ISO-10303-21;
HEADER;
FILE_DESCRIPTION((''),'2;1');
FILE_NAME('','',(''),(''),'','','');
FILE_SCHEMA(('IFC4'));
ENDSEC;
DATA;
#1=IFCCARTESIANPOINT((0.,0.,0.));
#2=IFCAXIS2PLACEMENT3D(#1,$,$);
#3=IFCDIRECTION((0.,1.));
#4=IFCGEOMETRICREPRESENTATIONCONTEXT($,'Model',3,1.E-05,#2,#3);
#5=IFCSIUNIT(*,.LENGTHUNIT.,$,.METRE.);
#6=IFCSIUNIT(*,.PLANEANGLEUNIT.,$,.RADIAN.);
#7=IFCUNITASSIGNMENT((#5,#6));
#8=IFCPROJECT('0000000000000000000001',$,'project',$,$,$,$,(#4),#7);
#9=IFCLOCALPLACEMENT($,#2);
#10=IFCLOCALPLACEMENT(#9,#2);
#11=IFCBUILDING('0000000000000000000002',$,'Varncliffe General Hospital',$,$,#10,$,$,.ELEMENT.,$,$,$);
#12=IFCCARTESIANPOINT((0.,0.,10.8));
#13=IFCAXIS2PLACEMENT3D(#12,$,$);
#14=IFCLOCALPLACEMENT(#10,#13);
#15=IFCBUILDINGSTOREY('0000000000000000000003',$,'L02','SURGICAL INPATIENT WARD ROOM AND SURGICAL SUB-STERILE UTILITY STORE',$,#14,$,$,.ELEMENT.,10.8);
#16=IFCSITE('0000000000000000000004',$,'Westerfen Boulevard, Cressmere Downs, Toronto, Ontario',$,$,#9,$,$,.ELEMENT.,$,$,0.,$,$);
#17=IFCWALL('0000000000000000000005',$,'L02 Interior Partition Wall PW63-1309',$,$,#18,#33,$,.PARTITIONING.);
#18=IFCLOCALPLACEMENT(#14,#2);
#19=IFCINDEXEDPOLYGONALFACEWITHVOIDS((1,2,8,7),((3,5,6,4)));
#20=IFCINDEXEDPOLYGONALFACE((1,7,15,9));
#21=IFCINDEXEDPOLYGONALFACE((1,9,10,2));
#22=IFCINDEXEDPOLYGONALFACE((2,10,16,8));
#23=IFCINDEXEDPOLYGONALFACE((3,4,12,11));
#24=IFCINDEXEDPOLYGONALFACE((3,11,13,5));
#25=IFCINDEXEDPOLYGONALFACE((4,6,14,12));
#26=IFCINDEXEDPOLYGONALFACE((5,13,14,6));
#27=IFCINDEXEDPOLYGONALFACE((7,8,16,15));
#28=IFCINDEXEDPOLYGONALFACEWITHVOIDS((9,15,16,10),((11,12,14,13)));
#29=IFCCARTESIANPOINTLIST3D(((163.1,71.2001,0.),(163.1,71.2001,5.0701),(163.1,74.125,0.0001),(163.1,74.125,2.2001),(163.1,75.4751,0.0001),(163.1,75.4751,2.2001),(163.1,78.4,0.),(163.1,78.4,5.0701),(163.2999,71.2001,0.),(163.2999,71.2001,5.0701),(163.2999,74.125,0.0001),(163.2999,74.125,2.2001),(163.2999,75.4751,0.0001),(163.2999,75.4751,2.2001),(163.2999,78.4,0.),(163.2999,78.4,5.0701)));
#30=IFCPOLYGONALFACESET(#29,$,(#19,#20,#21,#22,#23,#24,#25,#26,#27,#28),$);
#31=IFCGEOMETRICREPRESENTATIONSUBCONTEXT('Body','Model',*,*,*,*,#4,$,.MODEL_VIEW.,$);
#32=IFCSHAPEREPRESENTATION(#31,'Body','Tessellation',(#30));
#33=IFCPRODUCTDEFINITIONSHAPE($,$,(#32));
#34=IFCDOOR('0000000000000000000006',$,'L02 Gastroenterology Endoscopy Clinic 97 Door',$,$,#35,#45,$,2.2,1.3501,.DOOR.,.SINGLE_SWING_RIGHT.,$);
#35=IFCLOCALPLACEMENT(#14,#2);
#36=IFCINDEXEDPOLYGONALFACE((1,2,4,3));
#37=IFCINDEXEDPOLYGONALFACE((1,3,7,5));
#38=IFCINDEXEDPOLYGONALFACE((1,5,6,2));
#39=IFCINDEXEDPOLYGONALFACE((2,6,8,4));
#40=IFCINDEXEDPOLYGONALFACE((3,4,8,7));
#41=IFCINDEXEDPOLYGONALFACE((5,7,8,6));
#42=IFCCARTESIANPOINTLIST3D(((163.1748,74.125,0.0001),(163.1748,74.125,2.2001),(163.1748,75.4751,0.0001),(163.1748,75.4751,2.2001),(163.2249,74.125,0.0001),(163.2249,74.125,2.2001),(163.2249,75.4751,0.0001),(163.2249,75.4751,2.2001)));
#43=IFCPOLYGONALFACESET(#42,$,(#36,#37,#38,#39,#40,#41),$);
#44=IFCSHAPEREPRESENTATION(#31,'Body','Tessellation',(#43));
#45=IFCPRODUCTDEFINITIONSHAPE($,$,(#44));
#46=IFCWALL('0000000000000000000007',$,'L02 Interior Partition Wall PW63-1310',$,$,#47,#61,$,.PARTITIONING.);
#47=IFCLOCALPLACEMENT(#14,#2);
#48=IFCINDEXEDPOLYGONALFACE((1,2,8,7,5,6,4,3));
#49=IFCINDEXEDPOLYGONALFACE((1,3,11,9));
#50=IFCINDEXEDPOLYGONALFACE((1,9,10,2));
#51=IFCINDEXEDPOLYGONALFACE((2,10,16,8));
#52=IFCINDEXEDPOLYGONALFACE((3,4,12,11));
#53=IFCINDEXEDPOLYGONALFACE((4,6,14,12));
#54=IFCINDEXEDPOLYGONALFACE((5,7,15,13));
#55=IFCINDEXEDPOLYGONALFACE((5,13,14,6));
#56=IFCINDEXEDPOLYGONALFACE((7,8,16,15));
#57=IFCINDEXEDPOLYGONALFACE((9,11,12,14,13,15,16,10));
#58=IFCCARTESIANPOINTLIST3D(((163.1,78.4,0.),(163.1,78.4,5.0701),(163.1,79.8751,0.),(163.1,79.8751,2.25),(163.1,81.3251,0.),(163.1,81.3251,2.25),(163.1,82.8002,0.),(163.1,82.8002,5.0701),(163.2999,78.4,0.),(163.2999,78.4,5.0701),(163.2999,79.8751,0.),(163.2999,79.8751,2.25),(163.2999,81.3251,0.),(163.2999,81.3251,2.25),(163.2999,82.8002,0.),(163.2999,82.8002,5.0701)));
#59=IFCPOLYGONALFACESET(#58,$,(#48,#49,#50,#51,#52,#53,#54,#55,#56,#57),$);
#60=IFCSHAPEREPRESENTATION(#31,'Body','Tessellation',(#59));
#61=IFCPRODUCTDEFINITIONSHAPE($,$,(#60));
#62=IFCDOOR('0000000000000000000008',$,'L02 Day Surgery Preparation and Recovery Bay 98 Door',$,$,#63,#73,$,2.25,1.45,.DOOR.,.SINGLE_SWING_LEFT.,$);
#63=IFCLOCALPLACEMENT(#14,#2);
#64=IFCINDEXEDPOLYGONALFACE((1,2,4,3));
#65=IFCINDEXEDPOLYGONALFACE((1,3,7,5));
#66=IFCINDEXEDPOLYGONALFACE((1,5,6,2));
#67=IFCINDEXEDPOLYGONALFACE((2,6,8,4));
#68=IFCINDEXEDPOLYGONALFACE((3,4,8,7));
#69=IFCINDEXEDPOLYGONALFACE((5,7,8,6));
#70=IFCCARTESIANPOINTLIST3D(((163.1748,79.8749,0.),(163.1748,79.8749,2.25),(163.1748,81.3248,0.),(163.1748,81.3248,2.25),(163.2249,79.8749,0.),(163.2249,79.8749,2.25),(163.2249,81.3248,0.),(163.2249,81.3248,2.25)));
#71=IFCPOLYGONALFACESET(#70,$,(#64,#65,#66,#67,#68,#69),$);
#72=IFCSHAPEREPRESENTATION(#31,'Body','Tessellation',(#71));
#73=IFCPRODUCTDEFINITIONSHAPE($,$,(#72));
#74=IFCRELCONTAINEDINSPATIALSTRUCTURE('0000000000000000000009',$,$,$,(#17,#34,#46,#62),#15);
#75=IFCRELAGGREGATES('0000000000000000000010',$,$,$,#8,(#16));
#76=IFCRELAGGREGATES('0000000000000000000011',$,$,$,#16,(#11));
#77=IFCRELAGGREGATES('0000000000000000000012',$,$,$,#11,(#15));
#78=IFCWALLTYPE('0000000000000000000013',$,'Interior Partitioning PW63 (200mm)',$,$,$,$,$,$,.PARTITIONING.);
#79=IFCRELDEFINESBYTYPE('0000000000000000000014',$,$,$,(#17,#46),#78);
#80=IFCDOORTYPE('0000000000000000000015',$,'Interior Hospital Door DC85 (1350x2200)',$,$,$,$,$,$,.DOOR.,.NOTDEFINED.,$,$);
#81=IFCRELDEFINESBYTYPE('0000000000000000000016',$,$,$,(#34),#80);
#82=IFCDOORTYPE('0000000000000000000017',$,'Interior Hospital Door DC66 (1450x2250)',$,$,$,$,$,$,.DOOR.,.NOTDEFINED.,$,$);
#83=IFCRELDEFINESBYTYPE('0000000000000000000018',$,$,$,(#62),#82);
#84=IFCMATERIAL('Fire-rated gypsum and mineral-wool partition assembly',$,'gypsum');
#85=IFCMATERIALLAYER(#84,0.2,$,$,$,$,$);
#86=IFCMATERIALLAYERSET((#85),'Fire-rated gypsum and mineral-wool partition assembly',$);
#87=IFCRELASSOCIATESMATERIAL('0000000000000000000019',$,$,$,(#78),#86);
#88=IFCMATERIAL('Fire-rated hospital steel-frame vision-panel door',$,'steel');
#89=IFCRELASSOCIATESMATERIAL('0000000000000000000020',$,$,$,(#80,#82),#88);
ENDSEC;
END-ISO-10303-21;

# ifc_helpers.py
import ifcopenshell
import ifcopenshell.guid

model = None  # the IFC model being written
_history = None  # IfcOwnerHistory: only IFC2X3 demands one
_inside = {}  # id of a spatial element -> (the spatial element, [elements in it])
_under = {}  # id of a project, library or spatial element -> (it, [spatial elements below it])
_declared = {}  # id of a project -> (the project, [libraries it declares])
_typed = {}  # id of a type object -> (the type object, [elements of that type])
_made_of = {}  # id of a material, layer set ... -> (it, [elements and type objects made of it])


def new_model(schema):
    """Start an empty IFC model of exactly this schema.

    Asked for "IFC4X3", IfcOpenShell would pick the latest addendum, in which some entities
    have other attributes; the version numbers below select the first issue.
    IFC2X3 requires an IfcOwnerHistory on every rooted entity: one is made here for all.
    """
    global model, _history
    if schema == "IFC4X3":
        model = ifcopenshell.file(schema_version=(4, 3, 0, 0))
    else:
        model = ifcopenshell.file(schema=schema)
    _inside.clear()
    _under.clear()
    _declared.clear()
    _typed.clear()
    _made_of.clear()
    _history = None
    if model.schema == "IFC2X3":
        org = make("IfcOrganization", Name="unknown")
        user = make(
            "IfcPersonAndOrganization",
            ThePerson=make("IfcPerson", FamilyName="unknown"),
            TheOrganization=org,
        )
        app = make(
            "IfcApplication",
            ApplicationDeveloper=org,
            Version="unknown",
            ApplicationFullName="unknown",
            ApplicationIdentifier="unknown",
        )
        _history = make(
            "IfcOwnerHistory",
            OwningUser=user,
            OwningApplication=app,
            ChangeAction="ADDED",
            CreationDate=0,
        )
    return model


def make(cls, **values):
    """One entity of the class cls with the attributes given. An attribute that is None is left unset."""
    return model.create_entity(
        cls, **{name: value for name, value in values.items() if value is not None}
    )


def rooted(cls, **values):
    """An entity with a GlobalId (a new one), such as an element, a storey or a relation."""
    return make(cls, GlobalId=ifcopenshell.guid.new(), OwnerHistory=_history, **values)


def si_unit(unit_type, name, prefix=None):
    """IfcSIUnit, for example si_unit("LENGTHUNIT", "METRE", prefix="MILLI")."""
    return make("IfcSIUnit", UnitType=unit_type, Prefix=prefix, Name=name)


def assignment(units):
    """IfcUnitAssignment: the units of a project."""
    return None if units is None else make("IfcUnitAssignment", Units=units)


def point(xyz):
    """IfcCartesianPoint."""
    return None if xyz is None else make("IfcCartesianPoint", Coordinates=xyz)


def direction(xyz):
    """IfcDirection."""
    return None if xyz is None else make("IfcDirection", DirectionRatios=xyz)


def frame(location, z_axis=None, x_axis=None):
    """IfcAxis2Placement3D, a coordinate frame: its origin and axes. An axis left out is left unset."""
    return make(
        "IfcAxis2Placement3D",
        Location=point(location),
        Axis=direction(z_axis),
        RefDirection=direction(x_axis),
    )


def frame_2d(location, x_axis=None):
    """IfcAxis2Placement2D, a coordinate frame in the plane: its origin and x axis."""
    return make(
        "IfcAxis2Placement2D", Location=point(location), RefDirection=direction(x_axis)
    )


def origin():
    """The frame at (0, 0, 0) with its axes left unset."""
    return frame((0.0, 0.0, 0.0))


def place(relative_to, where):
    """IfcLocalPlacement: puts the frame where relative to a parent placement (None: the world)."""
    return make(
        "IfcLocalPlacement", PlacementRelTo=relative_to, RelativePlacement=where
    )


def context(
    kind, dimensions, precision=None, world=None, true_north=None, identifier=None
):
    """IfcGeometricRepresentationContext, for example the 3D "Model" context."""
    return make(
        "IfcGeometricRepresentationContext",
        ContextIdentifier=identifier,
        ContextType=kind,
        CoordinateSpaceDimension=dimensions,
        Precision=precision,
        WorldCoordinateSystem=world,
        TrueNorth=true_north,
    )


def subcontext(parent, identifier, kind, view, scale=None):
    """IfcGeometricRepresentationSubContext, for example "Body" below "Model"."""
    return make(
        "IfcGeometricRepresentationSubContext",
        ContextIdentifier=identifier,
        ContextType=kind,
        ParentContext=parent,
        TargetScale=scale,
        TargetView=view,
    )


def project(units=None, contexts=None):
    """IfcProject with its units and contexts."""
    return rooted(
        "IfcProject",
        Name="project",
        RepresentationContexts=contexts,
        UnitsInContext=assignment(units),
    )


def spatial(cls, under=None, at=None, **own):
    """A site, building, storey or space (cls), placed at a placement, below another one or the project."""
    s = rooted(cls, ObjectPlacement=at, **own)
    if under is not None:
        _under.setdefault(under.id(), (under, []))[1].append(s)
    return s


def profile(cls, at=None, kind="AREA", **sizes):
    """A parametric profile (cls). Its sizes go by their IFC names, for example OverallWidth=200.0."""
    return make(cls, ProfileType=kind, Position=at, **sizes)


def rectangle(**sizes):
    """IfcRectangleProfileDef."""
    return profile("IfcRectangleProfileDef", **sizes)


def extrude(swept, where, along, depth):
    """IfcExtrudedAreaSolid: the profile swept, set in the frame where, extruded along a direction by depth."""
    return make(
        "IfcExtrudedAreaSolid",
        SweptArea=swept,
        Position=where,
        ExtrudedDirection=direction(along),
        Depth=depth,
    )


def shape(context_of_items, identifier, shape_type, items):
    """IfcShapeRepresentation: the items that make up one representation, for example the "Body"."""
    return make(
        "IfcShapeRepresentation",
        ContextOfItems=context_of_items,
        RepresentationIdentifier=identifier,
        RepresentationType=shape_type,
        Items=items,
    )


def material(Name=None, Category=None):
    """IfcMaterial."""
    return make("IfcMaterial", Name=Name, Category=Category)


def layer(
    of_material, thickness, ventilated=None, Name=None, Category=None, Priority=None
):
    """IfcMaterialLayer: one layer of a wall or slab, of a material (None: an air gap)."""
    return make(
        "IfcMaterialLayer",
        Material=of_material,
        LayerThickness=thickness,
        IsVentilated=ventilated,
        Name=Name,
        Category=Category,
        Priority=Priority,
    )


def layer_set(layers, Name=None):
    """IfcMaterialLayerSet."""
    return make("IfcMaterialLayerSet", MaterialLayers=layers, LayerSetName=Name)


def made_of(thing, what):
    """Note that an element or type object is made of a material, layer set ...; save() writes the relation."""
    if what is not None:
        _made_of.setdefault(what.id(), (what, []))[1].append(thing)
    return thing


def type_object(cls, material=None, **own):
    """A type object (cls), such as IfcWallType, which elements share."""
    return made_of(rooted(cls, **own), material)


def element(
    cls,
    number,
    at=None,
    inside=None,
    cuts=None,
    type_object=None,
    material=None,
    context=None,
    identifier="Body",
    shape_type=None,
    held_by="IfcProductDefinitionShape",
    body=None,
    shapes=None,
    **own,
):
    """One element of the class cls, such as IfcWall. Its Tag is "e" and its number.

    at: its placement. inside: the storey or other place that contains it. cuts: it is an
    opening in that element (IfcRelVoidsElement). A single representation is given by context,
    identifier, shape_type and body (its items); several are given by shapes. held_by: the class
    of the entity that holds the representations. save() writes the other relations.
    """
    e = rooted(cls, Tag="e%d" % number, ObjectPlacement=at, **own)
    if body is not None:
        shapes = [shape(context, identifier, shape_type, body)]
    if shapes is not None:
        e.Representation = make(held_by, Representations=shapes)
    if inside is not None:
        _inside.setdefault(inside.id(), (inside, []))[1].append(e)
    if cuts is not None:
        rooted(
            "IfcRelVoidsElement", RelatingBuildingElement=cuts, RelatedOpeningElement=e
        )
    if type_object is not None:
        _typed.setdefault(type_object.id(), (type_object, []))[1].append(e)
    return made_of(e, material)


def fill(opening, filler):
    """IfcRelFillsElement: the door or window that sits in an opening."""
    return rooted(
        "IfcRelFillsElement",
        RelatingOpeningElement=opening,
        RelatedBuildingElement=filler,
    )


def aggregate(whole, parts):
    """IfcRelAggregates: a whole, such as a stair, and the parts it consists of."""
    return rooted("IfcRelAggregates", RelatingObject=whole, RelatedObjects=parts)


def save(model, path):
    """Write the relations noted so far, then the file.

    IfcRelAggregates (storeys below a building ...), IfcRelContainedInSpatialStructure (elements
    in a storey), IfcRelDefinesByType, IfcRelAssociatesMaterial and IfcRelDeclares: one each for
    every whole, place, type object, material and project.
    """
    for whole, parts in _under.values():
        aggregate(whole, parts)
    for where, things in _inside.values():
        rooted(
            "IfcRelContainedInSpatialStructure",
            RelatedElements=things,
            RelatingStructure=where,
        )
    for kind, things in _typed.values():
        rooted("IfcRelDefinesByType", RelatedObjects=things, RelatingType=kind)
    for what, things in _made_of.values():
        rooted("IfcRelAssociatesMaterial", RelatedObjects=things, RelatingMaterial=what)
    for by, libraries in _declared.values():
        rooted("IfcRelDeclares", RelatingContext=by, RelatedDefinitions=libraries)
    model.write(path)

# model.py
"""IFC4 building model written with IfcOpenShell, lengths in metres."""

from ifc_helpers import new_model, si_unit, direction, frame, frame_2d, origin, place, context, subcontext, project, spatial, rectangle, extrude, material, layer, layer_set, type_object, element, fill, save


model = new_model("IFC4")

# Units and contexts
model_context = context("Model", 3, precision=1e-05, world=origin(), true_north=direction((0.0, 1.0)))
body_context = subcontext(model_context, "Body", "Model", "MODEL_VIEW")
ifc_project = project(units=[si_unit("LENGTHUNIT", "METRE"), si_unit("PLANEANGLEUNIT", "RADIAN")], contexts=[model_context])

# Site, building, storey
site_placement = place(None, origin())
site = spatial("IfcSite", under=ifc_project, at=site_placement, Name="Westerfen Boulevard, Cressmere Downs, Toronto, Ontario", CompositionType="ELEMENT", RefElevation=0.0)
building_placement = place(site_placement, origin())
building = spatial("IfcBuilding", under=site, at=building_placement, Name="Varncliffe General Hospital", CompositionType="ELEMENT")
storey_placement = place(building_placement, frame((0.0, 0.0, 10.8)))
storey = spatial("IfcBuildingStorey", under=building, at=storey_placement, Name="L02", Description="SURGICAL INPATIENT WARD ROOM AND SURGICAL SUB-STERILE UTILITY STORE", CompositionType="ELEMENT", Elevation=10.8)

# Walls, openings, doors
ifc_material_1 = material(Name="Fire-rated gypsum and mineral-wool partition assembly", Category="gypsum")
ifc_layer_1 = layer(ifc_material_1, 0.2)
ifc_layer_set_1 = layer_set([ifc_layer_1], Name="Fire-rated gypsum and mineral-wool partition assembly")
wall_type_1 = type_object("IfcWallType", Name="Interior Partitioning PW63 (200mm)", PredefinedType="PARTITIONING", material=ifc_layer_set_1)
ifc_material_2 = material(Name="Fire-rated hospital steel-frame vision-panel door", Category="steel")
wall_1_placement = place(storey_placement, frame((163.2, 71.2, 0.0), z_axis=(0.0, 0.0, 1.0), x_axis=(0.0, 1.0, 0.0)))
wall_1 = element("IfcWall", 1, at=wall_1_placement, inside=storey, type_object=wall_type_1, Name="L02 Interior Partition Wall PW63-1309", PredefinedType="PARTITIONING", context=body_context, shape_type="SweptSolid", body=[
    extrude(rectangle(XDim=7.2, YDim=0.2, at=frame_2d((3.6001, 0.0))), origin(), (0.0, 0.0, 1.0), 5.0701),
])
opening_1_placement = place(wall_1_placement, frame((2.925, 0.0, 0.0)))
opening_1 = element("IfcOpeningElement", 2, at=opening_1_placement, cuts=wall_1, PredefinedType="OPENING", context=body_context, shape_type="SweptSolid", body=[
    extrude(rectangle(XDim=1.3501, YDim=2.2, at=frame_2d((0.675, 1.1001))), frame((0.0, 0.1099, 0.0), z_axis=(0.0, -1.0, 0.0), x_axis=(1.0, 0.0, 0.0)), (0.0, 0.0, 1.0), 0.22),
])
door_type_1 = type_object("IfcDoorType", Name="Interior Hospital Door DC85 (1350x2200)", OperationType="NOTDEFINED", PredefinedType="DOOR", material=ifc_material_2)
door_1_placement = place(opening_1_placement, frame((1.3501, 0.0, 0.0), z_axis=(0.0, 0.0, 1.0), x_axis=(-1.0, 0.0, 0.0)))
door_1 = element("IfcDoor", 3, at=door_1_placement, inside=storey, type_object=door_type_1, Name="L02 Gastroenterology Endoscopy Clinic 97 Door", OperationType="SINGLE_SWING_RIGHT", OverallHeight=2.2, OverallWidth=1.3501, PredefinedType="DOOR", context=body_context, shape_type="SweptSolid", body=[
    extrude(rectangle(XDim=1.3501, YDim=2.2, at=frame_2d((0.675, 1.1001))), frame((0.0, 0.0249, 0.0), z_axis=(0.0, -1.0, 0.0), x_axis=(1.0, 0.0, 0.0)), (0.0, 0.0, 1.0), 0.05),
])
fill(opening_1, door_1)
wall_2_placement = place(storey_placement, frame((163.2, 78.3999, 0.0), z_axis=(0.0, 0.0, 1.0), x_axis=(0.0, 1.0, 0.0)))
wall_2 = element("IfcWall", 4, at=wall_2_placement, inside=storey, type_object=wall_type_1, Name="L02 Interior Partition Wall PW63-1310", PredefinedType="PARTITIONING", context=body_context, shape_type="SweptSolid", body=[
    extrude(rectangle(XDim=4.4001, YDim=0.2, at=frame_2d((2.2002, 0.0))), origin(), (0.0, 0.0, 1.0), 5.0701),
])
opening_2_placement = place(wall_2_placement, frame((1.4751, 0.0, 0.0)))
opening_2 = element("IfcOpeningElement", 5, at=opening_2_placement, cuts=wall_2, PredefinedType="OPENING", context=body_context, shape_type="SweptSolid", body=[
    extrude(rectangle(XDim=1.45, YDim=2.25, at=frame_2d((0.7251, 1.125))), frame((0.0, 0.1099, 0.0), z_axis=(0.0, -1.0, 0.0), x_axis=(1.0, 0.0, 0.0)), (0.0, 0.0, 1.0), 0.22),
])
door_type_2 = type_object("IfcDoorType", Name="Interior Hospital Door DC66 (1450x2250)", OperationType="NOTDEFINED", PredefinedType="DOOR", material=ifc_material_2)
door_2_placement = place(opening_2_placement, frame((1.45, 0.0, 0.0), z_axis=(0.0, 0.0, 1.0), x_axis=(-1.0, 0.0, 0.0)))
door_2 = element("IfcDoor", 6, at=door_2_placement, inside=storey, type_object=door_type_2, Name="L02 Day Surgery Preparation and Recovery Bay 98 Door", OperationType="SINGLE_SWING_LEFT", OverallHeight=2.25, OverallWidth=1.45, PredefinedType="DOOR", context=body_context, shape_type="SweptSolid", body=[
    extrude(rectangle(XDim=1.45, YDim=2.25, at=frame_2d((0.7251, 1.125))), frame((0.0, 0.0249, 0.0), z_axis=(0.0, -1.0, 0.0), x_axis=(1.0, 0.0, 0.0)), (0.0, 0.0, 1.0), 0.05),
])
fill(opening_2, door_2)

save(model, "model.ifc")
